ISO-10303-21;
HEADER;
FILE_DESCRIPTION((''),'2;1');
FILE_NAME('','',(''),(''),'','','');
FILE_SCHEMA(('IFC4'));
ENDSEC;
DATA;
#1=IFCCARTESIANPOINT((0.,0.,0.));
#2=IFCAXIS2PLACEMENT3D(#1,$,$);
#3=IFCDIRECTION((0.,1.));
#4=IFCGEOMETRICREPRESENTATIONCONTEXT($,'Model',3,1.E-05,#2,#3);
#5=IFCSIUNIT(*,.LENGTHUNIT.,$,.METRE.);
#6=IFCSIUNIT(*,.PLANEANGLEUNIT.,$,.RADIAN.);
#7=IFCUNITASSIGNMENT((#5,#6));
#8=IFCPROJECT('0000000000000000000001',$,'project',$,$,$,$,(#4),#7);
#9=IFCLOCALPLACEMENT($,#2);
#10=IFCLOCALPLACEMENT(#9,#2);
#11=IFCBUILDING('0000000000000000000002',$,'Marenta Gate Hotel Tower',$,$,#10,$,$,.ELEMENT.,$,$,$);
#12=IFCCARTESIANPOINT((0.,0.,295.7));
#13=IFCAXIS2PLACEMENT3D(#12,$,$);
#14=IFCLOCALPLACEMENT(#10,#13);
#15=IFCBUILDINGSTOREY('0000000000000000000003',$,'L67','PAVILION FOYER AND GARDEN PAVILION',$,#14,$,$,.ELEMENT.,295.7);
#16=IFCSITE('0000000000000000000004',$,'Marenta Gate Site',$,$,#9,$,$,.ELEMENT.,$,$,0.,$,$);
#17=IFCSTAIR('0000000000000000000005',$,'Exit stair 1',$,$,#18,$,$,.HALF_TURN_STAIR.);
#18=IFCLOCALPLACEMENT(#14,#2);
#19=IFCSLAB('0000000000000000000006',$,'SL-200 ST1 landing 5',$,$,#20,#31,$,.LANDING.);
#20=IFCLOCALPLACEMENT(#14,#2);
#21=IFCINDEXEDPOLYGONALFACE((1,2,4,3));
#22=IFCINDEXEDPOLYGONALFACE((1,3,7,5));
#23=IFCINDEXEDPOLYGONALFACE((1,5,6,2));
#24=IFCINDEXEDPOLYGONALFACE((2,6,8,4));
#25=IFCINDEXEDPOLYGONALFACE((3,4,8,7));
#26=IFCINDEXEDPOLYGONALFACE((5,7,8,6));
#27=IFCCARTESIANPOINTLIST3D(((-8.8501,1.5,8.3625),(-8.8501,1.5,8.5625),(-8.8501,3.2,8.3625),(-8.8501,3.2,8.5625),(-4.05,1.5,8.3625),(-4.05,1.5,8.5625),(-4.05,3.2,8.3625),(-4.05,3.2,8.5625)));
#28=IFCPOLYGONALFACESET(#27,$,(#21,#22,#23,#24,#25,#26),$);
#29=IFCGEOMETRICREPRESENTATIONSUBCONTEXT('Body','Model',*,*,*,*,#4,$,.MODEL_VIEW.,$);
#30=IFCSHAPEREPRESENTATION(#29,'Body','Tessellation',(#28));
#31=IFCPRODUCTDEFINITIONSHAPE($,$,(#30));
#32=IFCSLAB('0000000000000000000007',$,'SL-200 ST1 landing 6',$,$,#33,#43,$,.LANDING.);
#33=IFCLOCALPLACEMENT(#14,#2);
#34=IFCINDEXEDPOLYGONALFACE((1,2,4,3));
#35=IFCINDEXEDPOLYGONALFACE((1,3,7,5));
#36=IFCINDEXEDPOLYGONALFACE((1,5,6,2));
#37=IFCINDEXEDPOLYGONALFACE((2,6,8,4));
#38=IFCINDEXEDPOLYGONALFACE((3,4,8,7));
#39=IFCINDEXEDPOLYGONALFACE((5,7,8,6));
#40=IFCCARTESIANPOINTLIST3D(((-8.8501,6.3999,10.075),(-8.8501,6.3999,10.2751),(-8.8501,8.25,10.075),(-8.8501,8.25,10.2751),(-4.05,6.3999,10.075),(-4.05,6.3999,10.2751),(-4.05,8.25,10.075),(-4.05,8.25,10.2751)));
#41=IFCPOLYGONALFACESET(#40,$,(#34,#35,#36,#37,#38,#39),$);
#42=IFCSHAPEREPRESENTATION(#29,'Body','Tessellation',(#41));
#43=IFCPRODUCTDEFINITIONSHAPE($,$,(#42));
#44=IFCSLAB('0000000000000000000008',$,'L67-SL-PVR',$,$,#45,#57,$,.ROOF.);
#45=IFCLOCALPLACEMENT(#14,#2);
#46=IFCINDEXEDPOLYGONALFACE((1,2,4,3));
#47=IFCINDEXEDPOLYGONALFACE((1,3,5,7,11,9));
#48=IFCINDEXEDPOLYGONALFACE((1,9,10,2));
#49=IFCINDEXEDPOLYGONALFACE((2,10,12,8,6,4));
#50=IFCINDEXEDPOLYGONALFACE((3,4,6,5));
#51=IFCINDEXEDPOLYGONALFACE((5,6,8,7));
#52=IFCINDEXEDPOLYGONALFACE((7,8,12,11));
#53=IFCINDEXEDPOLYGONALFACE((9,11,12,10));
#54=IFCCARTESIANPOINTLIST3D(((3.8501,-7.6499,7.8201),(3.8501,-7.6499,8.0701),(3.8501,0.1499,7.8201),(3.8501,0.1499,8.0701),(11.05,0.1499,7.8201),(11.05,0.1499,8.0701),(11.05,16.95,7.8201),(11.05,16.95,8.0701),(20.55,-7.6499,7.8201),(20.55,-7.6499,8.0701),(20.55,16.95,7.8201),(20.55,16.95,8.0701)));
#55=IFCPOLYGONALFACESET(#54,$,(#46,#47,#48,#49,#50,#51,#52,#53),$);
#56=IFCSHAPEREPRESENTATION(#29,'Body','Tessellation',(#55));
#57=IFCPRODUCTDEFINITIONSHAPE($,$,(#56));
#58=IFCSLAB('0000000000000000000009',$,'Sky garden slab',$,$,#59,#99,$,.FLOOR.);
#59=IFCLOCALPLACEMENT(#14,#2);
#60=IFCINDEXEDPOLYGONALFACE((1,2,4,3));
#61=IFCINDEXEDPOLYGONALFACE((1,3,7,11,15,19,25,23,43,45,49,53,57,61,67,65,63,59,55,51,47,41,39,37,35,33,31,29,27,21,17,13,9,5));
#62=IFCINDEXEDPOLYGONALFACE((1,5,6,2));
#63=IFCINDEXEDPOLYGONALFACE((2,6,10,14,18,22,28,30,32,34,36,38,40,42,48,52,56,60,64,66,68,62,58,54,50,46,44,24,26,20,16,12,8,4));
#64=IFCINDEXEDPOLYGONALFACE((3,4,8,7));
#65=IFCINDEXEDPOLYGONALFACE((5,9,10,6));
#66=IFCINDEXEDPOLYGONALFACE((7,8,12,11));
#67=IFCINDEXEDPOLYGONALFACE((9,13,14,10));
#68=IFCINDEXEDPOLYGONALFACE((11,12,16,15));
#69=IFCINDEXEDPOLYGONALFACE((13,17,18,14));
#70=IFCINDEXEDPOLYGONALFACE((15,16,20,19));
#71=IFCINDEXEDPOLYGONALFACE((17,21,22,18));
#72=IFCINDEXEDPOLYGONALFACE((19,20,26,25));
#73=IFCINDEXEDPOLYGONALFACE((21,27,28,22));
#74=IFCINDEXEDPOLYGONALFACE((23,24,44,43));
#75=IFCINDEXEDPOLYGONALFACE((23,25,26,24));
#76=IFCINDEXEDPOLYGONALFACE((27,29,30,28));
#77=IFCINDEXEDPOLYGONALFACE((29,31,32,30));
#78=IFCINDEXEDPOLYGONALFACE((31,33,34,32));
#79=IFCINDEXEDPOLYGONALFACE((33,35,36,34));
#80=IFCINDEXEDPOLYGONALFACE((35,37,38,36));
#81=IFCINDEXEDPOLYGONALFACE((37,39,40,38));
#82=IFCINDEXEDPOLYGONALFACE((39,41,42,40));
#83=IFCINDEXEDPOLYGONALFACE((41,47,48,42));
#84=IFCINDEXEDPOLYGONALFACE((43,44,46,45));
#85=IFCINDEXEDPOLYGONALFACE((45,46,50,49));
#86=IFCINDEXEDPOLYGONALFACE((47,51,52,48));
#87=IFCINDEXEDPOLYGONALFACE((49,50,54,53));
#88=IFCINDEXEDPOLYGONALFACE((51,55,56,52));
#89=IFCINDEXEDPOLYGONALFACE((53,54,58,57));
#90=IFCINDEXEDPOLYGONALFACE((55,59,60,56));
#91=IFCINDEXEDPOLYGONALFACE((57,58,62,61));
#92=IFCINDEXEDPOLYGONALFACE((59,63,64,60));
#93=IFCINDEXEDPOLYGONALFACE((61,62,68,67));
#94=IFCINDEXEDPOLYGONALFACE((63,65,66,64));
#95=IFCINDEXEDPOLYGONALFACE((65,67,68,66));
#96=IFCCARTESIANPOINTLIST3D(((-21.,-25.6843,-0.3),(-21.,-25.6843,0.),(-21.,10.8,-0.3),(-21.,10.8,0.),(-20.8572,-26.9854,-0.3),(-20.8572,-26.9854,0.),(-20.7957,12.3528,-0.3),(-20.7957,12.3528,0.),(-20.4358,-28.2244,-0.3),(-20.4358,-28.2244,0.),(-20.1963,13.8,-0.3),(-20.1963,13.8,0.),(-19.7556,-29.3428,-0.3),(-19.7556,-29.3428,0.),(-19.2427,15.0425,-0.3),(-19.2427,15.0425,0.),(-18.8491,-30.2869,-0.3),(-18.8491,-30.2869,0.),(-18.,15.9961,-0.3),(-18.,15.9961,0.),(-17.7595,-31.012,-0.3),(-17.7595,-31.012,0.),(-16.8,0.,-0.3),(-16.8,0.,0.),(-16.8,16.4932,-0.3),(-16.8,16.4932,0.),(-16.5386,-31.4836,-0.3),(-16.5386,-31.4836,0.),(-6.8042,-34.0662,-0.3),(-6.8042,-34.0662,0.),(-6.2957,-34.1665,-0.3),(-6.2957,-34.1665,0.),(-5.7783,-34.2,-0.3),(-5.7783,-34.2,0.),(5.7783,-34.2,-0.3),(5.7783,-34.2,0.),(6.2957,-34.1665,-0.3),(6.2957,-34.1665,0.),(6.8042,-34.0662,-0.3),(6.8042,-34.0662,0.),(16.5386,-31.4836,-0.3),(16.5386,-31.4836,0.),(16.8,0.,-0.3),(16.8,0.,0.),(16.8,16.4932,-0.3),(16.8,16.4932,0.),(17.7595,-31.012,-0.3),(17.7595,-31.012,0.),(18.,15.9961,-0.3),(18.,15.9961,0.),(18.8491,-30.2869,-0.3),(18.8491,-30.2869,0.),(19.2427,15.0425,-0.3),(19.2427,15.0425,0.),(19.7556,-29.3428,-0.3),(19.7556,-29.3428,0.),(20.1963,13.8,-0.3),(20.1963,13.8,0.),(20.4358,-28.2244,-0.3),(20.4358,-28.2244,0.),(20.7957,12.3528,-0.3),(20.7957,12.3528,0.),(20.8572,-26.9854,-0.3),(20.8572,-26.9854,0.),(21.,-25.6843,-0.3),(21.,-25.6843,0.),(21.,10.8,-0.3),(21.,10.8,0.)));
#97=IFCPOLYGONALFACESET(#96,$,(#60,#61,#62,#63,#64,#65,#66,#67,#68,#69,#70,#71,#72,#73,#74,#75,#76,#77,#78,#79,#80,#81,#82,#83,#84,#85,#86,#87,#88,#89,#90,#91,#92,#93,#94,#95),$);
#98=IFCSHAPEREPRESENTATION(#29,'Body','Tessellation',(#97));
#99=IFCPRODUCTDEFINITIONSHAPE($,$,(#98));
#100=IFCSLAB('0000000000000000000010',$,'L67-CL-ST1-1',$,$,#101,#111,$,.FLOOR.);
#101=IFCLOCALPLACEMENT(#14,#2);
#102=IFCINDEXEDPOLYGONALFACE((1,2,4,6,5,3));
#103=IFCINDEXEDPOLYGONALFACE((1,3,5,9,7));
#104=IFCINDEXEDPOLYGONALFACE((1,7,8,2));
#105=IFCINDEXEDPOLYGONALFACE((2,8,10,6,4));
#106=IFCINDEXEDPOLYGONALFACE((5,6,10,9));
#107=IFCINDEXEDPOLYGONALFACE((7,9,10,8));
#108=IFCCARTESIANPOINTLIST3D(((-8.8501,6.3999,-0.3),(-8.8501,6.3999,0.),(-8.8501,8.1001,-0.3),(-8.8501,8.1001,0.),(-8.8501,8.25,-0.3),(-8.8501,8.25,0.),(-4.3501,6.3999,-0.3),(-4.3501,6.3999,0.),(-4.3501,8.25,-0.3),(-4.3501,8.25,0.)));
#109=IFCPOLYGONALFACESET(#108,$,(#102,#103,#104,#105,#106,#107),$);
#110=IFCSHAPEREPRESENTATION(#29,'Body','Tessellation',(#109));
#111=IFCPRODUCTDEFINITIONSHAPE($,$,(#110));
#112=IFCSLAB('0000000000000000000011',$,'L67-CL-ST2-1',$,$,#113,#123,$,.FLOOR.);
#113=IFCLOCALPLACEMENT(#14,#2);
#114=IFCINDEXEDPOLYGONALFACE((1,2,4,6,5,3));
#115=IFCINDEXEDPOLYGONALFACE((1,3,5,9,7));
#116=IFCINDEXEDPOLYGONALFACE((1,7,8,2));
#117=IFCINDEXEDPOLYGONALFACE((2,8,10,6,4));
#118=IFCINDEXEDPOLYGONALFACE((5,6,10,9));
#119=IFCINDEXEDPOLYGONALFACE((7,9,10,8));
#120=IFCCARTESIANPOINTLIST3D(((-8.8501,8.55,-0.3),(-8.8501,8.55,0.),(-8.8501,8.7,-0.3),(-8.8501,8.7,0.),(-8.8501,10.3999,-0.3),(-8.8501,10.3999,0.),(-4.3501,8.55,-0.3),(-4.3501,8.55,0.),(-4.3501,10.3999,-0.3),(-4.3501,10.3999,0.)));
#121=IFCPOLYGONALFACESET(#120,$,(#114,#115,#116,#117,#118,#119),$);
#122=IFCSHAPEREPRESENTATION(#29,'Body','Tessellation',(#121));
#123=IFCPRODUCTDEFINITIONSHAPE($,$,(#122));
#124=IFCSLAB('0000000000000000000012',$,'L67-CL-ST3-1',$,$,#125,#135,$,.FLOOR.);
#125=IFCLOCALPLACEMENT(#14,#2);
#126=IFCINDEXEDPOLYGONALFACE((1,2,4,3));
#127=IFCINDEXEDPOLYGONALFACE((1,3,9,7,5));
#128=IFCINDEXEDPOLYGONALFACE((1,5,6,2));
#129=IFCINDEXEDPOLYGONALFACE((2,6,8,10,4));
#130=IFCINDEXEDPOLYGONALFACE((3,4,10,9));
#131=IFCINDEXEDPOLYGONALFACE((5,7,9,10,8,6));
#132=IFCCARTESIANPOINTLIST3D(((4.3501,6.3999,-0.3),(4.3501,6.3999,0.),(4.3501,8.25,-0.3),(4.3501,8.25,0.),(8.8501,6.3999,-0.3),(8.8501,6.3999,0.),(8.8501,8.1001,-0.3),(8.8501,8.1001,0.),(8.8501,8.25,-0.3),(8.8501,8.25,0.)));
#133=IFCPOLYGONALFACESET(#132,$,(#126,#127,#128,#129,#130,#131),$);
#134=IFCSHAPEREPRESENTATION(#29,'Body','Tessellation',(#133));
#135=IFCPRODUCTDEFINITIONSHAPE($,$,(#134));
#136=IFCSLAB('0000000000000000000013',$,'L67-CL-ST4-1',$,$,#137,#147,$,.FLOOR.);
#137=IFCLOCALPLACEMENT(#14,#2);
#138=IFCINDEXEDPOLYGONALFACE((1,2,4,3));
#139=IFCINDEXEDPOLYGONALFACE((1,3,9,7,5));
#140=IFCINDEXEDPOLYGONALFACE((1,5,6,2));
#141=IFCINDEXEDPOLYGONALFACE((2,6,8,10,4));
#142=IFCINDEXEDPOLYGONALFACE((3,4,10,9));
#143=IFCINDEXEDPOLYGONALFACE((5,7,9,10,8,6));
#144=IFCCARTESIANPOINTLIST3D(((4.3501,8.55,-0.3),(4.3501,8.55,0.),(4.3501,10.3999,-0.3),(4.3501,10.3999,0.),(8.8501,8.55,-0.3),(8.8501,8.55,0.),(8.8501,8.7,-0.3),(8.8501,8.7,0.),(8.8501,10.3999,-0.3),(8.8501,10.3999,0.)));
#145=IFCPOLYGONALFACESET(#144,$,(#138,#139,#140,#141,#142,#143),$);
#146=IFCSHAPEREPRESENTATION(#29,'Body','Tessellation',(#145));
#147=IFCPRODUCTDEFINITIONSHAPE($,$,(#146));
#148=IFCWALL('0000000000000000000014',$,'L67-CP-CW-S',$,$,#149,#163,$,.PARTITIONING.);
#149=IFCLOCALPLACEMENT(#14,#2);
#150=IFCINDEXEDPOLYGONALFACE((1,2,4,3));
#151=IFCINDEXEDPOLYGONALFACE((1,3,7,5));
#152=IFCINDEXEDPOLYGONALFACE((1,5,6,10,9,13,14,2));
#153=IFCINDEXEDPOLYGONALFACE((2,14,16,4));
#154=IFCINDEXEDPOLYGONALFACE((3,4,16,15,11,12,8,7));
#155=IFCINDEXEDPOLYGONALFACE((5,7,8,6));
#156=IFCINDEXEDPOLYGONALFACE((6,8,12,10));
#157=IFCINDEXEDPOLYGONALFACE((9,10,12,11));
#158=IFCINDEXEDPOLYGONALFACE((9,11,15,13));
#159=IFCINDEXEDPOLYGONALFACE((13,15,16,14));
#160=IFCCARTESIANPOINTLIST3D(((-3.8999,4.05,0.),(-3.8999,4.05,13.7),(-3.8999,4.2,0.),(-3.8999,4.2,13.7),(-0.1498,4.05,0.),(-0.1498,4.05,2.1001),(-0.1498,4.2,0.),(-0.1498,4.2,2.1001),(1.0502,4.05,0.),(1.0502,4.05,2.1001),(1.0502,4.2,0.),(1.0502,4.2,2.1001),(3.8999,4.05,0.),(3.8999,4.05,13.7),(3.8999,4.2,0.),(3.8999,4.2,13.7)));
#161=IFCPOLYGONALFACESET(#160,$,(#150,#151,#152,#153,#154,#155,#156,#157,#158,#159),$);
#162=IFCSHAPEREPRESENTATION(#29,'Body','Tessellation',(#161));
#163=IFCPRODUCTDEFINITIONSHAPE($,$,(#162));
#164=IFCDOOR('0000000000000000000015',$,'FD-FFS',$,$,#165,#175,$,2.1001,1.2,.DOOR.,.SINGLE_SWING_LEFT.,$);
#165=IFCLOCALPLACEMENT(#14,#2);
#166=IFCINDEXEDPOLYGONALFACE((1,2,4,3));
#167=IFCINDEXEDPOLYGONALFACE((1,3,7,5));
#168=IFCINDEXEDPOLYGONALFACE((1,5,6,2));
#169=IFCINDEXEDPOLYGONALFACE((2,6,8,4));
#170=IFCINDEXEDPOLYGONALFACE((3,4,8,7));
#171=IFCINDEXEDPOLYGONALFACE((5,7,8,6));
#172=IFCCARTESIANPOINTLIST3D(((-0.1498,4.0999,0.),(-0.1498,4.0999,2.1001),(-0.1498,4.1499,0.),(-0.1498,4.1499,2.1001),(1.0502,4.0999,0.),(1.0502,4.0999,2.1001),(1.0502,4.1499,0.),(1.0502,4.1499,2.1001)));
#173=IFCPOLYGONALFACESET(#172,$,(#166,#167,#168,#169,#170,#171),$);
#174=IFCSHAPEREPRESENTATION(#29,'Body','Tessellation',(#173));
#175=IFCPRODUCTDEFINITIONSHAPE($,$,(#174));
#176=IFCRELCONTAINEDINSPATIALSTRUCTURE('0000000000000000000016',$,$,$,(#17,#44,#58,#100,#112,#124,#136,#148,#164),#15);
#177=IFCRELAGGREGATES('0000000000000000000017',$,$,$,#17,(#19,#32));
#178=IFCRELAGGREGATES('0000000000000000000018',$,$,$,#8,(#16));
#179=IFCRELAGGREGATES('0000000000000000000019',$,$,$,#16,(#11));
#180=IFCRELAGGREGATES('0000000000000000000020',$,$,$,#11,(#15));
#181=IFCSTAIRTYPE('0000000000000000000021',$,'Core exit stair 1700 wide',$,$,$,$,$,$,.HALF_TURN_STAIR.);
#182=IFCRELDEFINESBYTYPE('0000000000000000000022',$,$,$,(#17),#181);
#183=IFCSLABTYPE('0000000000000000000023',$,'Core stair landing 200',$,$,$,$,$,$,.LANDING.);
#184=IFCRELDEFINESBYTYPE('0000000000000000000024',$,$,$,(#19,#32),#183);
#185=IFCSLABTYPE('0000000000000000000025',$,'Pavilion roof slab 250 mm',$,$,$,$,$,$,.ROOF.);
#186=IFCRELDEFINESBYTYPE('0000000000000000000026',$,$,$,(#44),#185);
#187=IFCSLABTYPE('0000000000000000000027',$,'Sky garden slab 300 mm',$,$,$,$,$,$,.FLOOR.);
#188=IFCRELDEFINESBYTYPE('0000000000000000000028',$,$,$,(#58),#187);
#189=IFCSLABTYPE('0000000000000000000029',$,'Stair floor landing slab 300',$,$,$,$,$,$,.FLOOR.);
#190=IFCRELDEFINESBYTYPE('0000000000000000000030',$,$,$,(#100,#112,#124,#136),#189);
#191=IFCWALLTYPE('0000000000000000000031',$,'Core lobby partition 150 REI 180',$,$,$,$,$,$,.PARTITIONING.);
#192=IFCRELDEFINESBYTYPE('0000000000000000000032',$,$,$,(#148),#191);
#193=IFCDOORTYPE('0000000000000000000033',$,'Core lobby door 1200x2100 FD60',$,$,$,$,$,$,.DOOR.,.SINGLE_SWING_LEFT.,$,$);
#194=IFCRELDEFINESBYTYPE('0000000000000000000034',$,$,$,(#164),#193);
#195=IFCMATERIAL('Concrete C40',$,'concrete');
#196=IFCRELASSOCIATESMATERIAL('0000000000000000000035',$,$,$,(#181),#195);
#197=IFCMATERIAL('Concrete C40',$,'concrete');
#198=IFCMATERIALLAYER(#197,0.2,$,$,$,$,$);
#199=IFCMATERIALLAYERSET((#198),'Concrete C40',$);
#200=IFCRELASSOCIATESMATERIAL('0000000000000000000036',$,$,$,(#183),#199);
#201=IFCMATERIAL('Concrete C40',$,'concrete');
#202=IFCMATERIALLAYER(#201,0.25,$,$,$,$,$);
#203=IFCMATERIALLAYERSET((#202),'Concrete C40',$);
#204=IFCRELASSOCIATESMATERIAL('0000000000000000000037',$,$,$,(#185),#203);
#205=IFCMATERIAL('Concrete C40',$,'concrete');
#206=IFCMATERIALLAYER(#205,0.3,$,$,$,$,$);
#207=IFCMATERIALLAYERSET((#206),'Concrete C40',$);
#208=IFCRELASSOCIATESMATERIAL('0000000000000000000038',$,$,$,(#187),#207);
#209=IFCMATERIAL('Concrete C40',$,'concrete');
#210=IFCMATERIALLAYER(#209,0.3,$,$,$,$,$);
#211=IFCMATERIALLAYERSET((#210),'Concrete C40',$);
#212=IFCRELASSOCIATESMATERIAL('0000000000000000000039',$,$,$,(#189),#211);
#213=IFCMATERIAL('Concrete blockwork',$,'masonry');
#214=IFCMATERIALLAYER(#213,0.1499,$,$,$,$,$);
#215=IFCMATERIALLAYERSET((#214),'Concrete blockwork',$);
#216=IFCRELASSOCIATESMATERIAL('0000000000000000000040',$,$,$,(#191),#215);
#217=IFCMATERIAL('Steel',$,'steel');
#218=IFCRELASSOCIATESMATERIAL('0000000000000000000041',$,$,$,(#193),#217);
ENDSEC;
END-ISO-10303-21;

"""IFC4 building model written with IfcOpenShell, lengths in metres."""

from ifc_helpers import new_model, si_unit, direction, frame, frame_2d, origin, place, context, subcontext, project, spatial, polyline, rectangle, outline, extrude, material, layer, layer_set, type_object, element, fill, aggregate, save


model = new_model("IFC4")

# Units and contexts
model_context = context("Model", 3, precision=1e-05, world=origin(), true_north=direction((0.0, 1.0)))
body_context = subcontext(model_context, "Body", "Model", "MODEL_VIEW")
ifc_project = project(units=[si_unit("LENGTHUNIT", "METRE"), si_unit("PLANEANGLEUNIT", "RADIAN")], contexts=[model_context])

# Site, building, storey
site_placement = place(None, origin())
site = spatial("IfcSite", under=ifc_project, at=site_placement, Name="Marenta Gate Site", CompositionType="ELEMENT", RefElevation=0.0)
building_placement = place(site_placement, origin())
building = spatial("IfcBuilding", under=site, at=building_placement, Name="Marenta Gate Hotel Tower", CompositionType="ELEMENT")
storey_placement = place(building_placement, frame((0.0, 0.0, 295.7)))
storey = spatial("IfcBuildingStorey", under=building, at=storey_placement, Name="L67", Description="PAVILION FOYER AND GARDEN PAVILION", CompositionType="ELEMENT", Elevation=295.7)

# Stair, slabs
ifc_material_1 = material(Name="Concrete C40", Category="concrete")
stair_type = type_object("IfcStairType", Name="Core exit stair 1700 wide", PredefinedType="HALF_TURN_STAIR", material=ifc_material_1)
stair_placement = place(storey_placement, origin())
stair = element("IfcStair", 1, at=stair_placement, inside=storey, type_object=stair_type, Name="Exit stair 1", PredefinedType="HALF_TURN_STAIR")
ifc_material_2 = material(Name="Concrete C40", Category="concrete")
ifc_layer_1 = layer(ifc_material_2, 0.2)
ifc_layer_set_1 = layer_set([ifc_layer_1], Name="Concrete C40")
slab_type_1 = type_object("IfcSlabType", Name="Core stair landing 200", PredefinedType="LANDING", material=ifc_layer_set_1)
slab_1_placement = place(storey_placement, frame((0.0, 0.0, 8.3625)))
slab_1 = element("IfcSlab", 2, at=slab_1_placement, type_object=slab_type_1, Name="SL-200 ST1 landing 5", PredefinedType="LANDING", context=body_context, shape_type="SweptSolid", body=[
    extrude(outline(polyline([(-8.8501, 1.5), (-4.05, 1.5), (-4.05, 3.2), (-8.8501, 3.2), (-8.8501, 1.5)])), origin(), (0.0, 0.0, 1.0), 0.2),
])
slab_2_placement = place(storey_placement, frame((0.0, 0.0, 10.075)))
slab_2 = element("IfcSlab", 3, at=slab_2_placement, type_object=slab_type_1, Name="SL-200 ST1 landing 6", PredefinedType="LANDING", context=body_context, shape_type="SweptSolid", body=[
    extrude(outline(polyline([(-8.8501, 6.3999), (-4.05, 6.3999), (-4.05, 8.25), (-8.8501, 8.25), (-8.8501, 6.3999)])), origin(), (0.0, 0.0, 1.0), 0.2002),
])

# Slabs
ifc_material_3 = material(Name="Concrete C40", Category="concrete")
ifc_layer_2 = layer(ifc_material_3, 0.25)
ifc_layer_set_2 = layer_set([ifc_layer_2], Name="Concrete C40")
slab_type_2 = type_object("IfcSlabType", Name="Pavilion roof slab 250 mm", PredefinedType="ROOF", material=ifc_layer_set_2)
slab_3_placement = place(storey_placement, frame((0.0, 0.0, 7.8201)))
element("IfcSlab", 4, at=slab_3_placement, inside=storey, type_object=slab_type_2, Name="L67-SL-PVR", PredefinedType="ROOF", context=body_context, shape_type="SweptSolid", body=[
    extrude(outline(polyline([(3.8501, 0.1499), (11.05, 0.1499), (11.05, 16.95), (20.55, 16.95), (20.55, -7.6499), (3.8501, -7.6499), (3.8501, 0.1499)])), origin(), (0.0, 0.0, 1.0), 0.25),
])
ifc_material_4 = material(Name="Concrete C40", Category="concrete")
ifc_layer_3 = layer(ifc_material_4, 0.3)
ifc_layer_set_3 = layer_set([ifc_layer_3], Name="Concrete C40")
slab_type_3 = type_object("IfcSlabType", Name="Sky garden slab 300 mm", PredefinedType="FLOOR", material=ifc_layer_set_3)
slab_4_placement = place(storey_placement, frame((0.0, 0.0, -0.3)))
element("IfcSlab", 5, at=slab_4_placement, inside=storey, type_object=slab_type_3, Name="Sky garden slab", PredefinedType="FLOOR", context=body_context, shape_type="SweptSolid", body=[
    extrude(outline(polyline([(18.0, 15.9961), (19.2427, 15.0425), (20.1963, 13.8), (20.7957, 12.3528), (21.0, 10.8), (21.0, -25.6843), (20.8572, -26.9854), (20.4358, -28.2244), (19.7556, -29.3428), (18.8491, -30.2869), (17.7595, -31.012), (16.5386, -31.4836), (6.8042, -34.0662), (6.2957, -34.1665), (5.7783, -34.2), (-5.7783, -34.2), (-6.2957, -34.1665), (-6.8042, -34.0662), (-16.5386, -31.4836), (-17.7595, -31.012), (-18.8491, -30.2869), (-19.7556, -29.3428), (-20.4358, -28.2244), (-20.8572, -26.9854), (-21.0, -25.6843), (-21.0, 10.8), (-20.7957, 12.3528), (-20.1963, 13.8), (-19.2427, 15.0425), (-18.0, 15.9961), (-16.8, 16.4932), (-16.8, 0.0), (16.8, 0.0), (16.8, 16.4932), (18.0, 15.9961)])), origin(), (0.0, 0.0, 1.0), 0.3),
])
ifc_material_5 = material(Name="Concrete C40", Category="concrete")
ifc_layer_4 = layer(ifc_material_5, 0.3)
ifc_layer_set_4 = layer_set([ifc_layer_4], Name="Concrete C40")
slab_type_4 = type_object("IfcSlabType", Name="Stair floor landing slab 300", PredefinedType="FLOOR", material=ifc_layer_set_4)
slab_5_placement = place(storey_placement, frame((0.0, 0.0, -0.3)))
element("IfcSlab", 6, at=slab_5_placement, inside=storey, type_object=slab_type_4, Name="L67-CL-ST1-1", PredefinedType="FLOOR", context=body_context, shape_type="SweptSolid", body=[
    extrude(outline(polyline([(-4.3501, 6.3999), (-8.8501, 6.3999), (-8.8501, 8.1001), (-8.8501, 8.25), (-4.3501, 8.25), (-4.3501, 6.3999)])), origin(), (0.0, 0.0, 1.0), 0.3),
])
slab_6_placement = place(storey_placement, frame((0.0, 0.0, -0.3)))
element("IfcSlab", 7, at=slab_6_placement, inside=storey, type_object=slab_type_4, Name="L67-CL-ST2-1", PredefinedType="FLOOR", context=body_context, shape_type="SweptSolid", body=[
    extrude(outline(polyline([(-4.3501, 8.55), (-8.8501, 8.55), (-8.8501, 8.7), (-8.8501, 10.3999), (-4.3501, 10.3999), (-4.3501, 8.55)])), origin(), (0.0, 0.0, 1.0), 0.3),
])
slab_7_placement = place(storey_placement, frame((0.0, 0.0, -0.3)))
element("IfcSlab", 8, at=slab_7_placement, inside=storey, type_object=slab_type_4, Name="L67-CL-ST3-1", PredefinedType="FLOOR", context=body_context, shape_type="SweptSolid", body=[
    extrude(outline(polyline([(4.3501, 6.3999), (4.3501, 8.25), (8.8501, 8.25), (8.8501, 8.1001), (8.8501, 6.3999), (4.3501, 6.3999)])), origin(), (0.0, 0.0, 1.0), 0.3),
])
slab_8_placement = place(storey_placement, frame((0.0, 0.0, -0.3)))
element("IfcSlab", 9, at=slab_8_placement, inside=storey, type_object=slab_type_4, Name="L67-CL-ST4-1", PredefinedType="FLOOR", context=body_context, shape_type="SweptSolid", body=[
    extrude(outline(polyline([(4.3501, 8.55), (4.3501, 10.3999), (8.8501, 10.3999), (8.8501, 8.7), (8.8501, 8.55), (4.3501, 8.55)])), origin(), (0.0, 0.0, 1.0), 0.3),
])

# Wall, opening, door
ifc_material_6 = material(Name="Concrete blockwork", Category="masonry")
ifc_layer_5 = layer(ifc_material_6, 0.1499)
ifc_layer_set_5 = layer_set([ifc_layer_5], Name="Concrete blockwork")
wall_type_1 = type_object("IfcWallType", Name="Core lobby partition 150 REI 180", PredefinedType="PARTITIONING", material=ifc_layer_set_5)
wall_1_placement = place(storey_placement, frame((-3.8999, 4.125, 0.0), z_axis=(0.0, 0.0, 1.0), x_axis=(1.0, 0.0, 0.0)))
wall_1 = element("IfcWall", 10, at=wall_1_placement, inside=storey, type_object=wall_type_1, Name="L67-CP-CW-S", PredefinedType="PARTITIONING", context=body_context, shape_type="SweptSolid", body=[
    extrude(rectangle(XDim=7.7998, YDim=0.1499, at=frame_2d((3.8999, 0.0))), origin(), (0.0, 0.0, 1.0), 13.7),
])
opening_1_placement = place(wall_1_placement, frame((3.75, 0.0, 0.0)))
opening_1 = element("IfcOpeningElement", 11, at=opening_1_placement, cuts=wall_1, PredefinedType="OPENING", context=body_context, shape_type="SweptSolid", body=[
    extrude(rectangle(XDim=1.2, YDim=2.1001, at=frame_2d((0.6001, 1.05))), frame((0.0, 0.075, 0.0), z_axis=(0.0, -1.0, 0.0), x_axis=(1.0, 0.0, 0.0)), (0.0, 0.0, 1.0), 0.1499),
])
ifc_material_7 = material(Name="Steel", Category="steel")
door_type_1 = type_object("IfcDoorType", Name="Core lobby door 1200x2100 FD60", OperationType="SINGLE_SWING_LEFT", PredefinedType="DOOR", material=ifc_material_7)
door_1_placement = place(opening_1_placement, origin())
door_1 = element("IfcDoor", 12, at=door_1_placement, inside=storey, type_object=door_type_1, Name="FD-FFS", OperationType="SINGLE_SWING_LEFT", OverallHeight=2.1001, OverallWidth=1.2, PredefinedType="DOOR", context=body_context, shape_type="SweptSolid", body=[
    extrude(rectangle(XDim=1.2, YDim=2.1001, at=frame_2d((0.6001, 1.05))), frame((0.0, 0.0249, 0.0), z_axis=(0.0, -1.0, 0.0), x_axis=(1.0, 0.0, 0.0)), (0.0, 0.0, 1.0), 0.05),
])
fill(opening_1, door_1)

aggregate(stair, [slab_1, slab_2])

save(model, "model.ifc")
